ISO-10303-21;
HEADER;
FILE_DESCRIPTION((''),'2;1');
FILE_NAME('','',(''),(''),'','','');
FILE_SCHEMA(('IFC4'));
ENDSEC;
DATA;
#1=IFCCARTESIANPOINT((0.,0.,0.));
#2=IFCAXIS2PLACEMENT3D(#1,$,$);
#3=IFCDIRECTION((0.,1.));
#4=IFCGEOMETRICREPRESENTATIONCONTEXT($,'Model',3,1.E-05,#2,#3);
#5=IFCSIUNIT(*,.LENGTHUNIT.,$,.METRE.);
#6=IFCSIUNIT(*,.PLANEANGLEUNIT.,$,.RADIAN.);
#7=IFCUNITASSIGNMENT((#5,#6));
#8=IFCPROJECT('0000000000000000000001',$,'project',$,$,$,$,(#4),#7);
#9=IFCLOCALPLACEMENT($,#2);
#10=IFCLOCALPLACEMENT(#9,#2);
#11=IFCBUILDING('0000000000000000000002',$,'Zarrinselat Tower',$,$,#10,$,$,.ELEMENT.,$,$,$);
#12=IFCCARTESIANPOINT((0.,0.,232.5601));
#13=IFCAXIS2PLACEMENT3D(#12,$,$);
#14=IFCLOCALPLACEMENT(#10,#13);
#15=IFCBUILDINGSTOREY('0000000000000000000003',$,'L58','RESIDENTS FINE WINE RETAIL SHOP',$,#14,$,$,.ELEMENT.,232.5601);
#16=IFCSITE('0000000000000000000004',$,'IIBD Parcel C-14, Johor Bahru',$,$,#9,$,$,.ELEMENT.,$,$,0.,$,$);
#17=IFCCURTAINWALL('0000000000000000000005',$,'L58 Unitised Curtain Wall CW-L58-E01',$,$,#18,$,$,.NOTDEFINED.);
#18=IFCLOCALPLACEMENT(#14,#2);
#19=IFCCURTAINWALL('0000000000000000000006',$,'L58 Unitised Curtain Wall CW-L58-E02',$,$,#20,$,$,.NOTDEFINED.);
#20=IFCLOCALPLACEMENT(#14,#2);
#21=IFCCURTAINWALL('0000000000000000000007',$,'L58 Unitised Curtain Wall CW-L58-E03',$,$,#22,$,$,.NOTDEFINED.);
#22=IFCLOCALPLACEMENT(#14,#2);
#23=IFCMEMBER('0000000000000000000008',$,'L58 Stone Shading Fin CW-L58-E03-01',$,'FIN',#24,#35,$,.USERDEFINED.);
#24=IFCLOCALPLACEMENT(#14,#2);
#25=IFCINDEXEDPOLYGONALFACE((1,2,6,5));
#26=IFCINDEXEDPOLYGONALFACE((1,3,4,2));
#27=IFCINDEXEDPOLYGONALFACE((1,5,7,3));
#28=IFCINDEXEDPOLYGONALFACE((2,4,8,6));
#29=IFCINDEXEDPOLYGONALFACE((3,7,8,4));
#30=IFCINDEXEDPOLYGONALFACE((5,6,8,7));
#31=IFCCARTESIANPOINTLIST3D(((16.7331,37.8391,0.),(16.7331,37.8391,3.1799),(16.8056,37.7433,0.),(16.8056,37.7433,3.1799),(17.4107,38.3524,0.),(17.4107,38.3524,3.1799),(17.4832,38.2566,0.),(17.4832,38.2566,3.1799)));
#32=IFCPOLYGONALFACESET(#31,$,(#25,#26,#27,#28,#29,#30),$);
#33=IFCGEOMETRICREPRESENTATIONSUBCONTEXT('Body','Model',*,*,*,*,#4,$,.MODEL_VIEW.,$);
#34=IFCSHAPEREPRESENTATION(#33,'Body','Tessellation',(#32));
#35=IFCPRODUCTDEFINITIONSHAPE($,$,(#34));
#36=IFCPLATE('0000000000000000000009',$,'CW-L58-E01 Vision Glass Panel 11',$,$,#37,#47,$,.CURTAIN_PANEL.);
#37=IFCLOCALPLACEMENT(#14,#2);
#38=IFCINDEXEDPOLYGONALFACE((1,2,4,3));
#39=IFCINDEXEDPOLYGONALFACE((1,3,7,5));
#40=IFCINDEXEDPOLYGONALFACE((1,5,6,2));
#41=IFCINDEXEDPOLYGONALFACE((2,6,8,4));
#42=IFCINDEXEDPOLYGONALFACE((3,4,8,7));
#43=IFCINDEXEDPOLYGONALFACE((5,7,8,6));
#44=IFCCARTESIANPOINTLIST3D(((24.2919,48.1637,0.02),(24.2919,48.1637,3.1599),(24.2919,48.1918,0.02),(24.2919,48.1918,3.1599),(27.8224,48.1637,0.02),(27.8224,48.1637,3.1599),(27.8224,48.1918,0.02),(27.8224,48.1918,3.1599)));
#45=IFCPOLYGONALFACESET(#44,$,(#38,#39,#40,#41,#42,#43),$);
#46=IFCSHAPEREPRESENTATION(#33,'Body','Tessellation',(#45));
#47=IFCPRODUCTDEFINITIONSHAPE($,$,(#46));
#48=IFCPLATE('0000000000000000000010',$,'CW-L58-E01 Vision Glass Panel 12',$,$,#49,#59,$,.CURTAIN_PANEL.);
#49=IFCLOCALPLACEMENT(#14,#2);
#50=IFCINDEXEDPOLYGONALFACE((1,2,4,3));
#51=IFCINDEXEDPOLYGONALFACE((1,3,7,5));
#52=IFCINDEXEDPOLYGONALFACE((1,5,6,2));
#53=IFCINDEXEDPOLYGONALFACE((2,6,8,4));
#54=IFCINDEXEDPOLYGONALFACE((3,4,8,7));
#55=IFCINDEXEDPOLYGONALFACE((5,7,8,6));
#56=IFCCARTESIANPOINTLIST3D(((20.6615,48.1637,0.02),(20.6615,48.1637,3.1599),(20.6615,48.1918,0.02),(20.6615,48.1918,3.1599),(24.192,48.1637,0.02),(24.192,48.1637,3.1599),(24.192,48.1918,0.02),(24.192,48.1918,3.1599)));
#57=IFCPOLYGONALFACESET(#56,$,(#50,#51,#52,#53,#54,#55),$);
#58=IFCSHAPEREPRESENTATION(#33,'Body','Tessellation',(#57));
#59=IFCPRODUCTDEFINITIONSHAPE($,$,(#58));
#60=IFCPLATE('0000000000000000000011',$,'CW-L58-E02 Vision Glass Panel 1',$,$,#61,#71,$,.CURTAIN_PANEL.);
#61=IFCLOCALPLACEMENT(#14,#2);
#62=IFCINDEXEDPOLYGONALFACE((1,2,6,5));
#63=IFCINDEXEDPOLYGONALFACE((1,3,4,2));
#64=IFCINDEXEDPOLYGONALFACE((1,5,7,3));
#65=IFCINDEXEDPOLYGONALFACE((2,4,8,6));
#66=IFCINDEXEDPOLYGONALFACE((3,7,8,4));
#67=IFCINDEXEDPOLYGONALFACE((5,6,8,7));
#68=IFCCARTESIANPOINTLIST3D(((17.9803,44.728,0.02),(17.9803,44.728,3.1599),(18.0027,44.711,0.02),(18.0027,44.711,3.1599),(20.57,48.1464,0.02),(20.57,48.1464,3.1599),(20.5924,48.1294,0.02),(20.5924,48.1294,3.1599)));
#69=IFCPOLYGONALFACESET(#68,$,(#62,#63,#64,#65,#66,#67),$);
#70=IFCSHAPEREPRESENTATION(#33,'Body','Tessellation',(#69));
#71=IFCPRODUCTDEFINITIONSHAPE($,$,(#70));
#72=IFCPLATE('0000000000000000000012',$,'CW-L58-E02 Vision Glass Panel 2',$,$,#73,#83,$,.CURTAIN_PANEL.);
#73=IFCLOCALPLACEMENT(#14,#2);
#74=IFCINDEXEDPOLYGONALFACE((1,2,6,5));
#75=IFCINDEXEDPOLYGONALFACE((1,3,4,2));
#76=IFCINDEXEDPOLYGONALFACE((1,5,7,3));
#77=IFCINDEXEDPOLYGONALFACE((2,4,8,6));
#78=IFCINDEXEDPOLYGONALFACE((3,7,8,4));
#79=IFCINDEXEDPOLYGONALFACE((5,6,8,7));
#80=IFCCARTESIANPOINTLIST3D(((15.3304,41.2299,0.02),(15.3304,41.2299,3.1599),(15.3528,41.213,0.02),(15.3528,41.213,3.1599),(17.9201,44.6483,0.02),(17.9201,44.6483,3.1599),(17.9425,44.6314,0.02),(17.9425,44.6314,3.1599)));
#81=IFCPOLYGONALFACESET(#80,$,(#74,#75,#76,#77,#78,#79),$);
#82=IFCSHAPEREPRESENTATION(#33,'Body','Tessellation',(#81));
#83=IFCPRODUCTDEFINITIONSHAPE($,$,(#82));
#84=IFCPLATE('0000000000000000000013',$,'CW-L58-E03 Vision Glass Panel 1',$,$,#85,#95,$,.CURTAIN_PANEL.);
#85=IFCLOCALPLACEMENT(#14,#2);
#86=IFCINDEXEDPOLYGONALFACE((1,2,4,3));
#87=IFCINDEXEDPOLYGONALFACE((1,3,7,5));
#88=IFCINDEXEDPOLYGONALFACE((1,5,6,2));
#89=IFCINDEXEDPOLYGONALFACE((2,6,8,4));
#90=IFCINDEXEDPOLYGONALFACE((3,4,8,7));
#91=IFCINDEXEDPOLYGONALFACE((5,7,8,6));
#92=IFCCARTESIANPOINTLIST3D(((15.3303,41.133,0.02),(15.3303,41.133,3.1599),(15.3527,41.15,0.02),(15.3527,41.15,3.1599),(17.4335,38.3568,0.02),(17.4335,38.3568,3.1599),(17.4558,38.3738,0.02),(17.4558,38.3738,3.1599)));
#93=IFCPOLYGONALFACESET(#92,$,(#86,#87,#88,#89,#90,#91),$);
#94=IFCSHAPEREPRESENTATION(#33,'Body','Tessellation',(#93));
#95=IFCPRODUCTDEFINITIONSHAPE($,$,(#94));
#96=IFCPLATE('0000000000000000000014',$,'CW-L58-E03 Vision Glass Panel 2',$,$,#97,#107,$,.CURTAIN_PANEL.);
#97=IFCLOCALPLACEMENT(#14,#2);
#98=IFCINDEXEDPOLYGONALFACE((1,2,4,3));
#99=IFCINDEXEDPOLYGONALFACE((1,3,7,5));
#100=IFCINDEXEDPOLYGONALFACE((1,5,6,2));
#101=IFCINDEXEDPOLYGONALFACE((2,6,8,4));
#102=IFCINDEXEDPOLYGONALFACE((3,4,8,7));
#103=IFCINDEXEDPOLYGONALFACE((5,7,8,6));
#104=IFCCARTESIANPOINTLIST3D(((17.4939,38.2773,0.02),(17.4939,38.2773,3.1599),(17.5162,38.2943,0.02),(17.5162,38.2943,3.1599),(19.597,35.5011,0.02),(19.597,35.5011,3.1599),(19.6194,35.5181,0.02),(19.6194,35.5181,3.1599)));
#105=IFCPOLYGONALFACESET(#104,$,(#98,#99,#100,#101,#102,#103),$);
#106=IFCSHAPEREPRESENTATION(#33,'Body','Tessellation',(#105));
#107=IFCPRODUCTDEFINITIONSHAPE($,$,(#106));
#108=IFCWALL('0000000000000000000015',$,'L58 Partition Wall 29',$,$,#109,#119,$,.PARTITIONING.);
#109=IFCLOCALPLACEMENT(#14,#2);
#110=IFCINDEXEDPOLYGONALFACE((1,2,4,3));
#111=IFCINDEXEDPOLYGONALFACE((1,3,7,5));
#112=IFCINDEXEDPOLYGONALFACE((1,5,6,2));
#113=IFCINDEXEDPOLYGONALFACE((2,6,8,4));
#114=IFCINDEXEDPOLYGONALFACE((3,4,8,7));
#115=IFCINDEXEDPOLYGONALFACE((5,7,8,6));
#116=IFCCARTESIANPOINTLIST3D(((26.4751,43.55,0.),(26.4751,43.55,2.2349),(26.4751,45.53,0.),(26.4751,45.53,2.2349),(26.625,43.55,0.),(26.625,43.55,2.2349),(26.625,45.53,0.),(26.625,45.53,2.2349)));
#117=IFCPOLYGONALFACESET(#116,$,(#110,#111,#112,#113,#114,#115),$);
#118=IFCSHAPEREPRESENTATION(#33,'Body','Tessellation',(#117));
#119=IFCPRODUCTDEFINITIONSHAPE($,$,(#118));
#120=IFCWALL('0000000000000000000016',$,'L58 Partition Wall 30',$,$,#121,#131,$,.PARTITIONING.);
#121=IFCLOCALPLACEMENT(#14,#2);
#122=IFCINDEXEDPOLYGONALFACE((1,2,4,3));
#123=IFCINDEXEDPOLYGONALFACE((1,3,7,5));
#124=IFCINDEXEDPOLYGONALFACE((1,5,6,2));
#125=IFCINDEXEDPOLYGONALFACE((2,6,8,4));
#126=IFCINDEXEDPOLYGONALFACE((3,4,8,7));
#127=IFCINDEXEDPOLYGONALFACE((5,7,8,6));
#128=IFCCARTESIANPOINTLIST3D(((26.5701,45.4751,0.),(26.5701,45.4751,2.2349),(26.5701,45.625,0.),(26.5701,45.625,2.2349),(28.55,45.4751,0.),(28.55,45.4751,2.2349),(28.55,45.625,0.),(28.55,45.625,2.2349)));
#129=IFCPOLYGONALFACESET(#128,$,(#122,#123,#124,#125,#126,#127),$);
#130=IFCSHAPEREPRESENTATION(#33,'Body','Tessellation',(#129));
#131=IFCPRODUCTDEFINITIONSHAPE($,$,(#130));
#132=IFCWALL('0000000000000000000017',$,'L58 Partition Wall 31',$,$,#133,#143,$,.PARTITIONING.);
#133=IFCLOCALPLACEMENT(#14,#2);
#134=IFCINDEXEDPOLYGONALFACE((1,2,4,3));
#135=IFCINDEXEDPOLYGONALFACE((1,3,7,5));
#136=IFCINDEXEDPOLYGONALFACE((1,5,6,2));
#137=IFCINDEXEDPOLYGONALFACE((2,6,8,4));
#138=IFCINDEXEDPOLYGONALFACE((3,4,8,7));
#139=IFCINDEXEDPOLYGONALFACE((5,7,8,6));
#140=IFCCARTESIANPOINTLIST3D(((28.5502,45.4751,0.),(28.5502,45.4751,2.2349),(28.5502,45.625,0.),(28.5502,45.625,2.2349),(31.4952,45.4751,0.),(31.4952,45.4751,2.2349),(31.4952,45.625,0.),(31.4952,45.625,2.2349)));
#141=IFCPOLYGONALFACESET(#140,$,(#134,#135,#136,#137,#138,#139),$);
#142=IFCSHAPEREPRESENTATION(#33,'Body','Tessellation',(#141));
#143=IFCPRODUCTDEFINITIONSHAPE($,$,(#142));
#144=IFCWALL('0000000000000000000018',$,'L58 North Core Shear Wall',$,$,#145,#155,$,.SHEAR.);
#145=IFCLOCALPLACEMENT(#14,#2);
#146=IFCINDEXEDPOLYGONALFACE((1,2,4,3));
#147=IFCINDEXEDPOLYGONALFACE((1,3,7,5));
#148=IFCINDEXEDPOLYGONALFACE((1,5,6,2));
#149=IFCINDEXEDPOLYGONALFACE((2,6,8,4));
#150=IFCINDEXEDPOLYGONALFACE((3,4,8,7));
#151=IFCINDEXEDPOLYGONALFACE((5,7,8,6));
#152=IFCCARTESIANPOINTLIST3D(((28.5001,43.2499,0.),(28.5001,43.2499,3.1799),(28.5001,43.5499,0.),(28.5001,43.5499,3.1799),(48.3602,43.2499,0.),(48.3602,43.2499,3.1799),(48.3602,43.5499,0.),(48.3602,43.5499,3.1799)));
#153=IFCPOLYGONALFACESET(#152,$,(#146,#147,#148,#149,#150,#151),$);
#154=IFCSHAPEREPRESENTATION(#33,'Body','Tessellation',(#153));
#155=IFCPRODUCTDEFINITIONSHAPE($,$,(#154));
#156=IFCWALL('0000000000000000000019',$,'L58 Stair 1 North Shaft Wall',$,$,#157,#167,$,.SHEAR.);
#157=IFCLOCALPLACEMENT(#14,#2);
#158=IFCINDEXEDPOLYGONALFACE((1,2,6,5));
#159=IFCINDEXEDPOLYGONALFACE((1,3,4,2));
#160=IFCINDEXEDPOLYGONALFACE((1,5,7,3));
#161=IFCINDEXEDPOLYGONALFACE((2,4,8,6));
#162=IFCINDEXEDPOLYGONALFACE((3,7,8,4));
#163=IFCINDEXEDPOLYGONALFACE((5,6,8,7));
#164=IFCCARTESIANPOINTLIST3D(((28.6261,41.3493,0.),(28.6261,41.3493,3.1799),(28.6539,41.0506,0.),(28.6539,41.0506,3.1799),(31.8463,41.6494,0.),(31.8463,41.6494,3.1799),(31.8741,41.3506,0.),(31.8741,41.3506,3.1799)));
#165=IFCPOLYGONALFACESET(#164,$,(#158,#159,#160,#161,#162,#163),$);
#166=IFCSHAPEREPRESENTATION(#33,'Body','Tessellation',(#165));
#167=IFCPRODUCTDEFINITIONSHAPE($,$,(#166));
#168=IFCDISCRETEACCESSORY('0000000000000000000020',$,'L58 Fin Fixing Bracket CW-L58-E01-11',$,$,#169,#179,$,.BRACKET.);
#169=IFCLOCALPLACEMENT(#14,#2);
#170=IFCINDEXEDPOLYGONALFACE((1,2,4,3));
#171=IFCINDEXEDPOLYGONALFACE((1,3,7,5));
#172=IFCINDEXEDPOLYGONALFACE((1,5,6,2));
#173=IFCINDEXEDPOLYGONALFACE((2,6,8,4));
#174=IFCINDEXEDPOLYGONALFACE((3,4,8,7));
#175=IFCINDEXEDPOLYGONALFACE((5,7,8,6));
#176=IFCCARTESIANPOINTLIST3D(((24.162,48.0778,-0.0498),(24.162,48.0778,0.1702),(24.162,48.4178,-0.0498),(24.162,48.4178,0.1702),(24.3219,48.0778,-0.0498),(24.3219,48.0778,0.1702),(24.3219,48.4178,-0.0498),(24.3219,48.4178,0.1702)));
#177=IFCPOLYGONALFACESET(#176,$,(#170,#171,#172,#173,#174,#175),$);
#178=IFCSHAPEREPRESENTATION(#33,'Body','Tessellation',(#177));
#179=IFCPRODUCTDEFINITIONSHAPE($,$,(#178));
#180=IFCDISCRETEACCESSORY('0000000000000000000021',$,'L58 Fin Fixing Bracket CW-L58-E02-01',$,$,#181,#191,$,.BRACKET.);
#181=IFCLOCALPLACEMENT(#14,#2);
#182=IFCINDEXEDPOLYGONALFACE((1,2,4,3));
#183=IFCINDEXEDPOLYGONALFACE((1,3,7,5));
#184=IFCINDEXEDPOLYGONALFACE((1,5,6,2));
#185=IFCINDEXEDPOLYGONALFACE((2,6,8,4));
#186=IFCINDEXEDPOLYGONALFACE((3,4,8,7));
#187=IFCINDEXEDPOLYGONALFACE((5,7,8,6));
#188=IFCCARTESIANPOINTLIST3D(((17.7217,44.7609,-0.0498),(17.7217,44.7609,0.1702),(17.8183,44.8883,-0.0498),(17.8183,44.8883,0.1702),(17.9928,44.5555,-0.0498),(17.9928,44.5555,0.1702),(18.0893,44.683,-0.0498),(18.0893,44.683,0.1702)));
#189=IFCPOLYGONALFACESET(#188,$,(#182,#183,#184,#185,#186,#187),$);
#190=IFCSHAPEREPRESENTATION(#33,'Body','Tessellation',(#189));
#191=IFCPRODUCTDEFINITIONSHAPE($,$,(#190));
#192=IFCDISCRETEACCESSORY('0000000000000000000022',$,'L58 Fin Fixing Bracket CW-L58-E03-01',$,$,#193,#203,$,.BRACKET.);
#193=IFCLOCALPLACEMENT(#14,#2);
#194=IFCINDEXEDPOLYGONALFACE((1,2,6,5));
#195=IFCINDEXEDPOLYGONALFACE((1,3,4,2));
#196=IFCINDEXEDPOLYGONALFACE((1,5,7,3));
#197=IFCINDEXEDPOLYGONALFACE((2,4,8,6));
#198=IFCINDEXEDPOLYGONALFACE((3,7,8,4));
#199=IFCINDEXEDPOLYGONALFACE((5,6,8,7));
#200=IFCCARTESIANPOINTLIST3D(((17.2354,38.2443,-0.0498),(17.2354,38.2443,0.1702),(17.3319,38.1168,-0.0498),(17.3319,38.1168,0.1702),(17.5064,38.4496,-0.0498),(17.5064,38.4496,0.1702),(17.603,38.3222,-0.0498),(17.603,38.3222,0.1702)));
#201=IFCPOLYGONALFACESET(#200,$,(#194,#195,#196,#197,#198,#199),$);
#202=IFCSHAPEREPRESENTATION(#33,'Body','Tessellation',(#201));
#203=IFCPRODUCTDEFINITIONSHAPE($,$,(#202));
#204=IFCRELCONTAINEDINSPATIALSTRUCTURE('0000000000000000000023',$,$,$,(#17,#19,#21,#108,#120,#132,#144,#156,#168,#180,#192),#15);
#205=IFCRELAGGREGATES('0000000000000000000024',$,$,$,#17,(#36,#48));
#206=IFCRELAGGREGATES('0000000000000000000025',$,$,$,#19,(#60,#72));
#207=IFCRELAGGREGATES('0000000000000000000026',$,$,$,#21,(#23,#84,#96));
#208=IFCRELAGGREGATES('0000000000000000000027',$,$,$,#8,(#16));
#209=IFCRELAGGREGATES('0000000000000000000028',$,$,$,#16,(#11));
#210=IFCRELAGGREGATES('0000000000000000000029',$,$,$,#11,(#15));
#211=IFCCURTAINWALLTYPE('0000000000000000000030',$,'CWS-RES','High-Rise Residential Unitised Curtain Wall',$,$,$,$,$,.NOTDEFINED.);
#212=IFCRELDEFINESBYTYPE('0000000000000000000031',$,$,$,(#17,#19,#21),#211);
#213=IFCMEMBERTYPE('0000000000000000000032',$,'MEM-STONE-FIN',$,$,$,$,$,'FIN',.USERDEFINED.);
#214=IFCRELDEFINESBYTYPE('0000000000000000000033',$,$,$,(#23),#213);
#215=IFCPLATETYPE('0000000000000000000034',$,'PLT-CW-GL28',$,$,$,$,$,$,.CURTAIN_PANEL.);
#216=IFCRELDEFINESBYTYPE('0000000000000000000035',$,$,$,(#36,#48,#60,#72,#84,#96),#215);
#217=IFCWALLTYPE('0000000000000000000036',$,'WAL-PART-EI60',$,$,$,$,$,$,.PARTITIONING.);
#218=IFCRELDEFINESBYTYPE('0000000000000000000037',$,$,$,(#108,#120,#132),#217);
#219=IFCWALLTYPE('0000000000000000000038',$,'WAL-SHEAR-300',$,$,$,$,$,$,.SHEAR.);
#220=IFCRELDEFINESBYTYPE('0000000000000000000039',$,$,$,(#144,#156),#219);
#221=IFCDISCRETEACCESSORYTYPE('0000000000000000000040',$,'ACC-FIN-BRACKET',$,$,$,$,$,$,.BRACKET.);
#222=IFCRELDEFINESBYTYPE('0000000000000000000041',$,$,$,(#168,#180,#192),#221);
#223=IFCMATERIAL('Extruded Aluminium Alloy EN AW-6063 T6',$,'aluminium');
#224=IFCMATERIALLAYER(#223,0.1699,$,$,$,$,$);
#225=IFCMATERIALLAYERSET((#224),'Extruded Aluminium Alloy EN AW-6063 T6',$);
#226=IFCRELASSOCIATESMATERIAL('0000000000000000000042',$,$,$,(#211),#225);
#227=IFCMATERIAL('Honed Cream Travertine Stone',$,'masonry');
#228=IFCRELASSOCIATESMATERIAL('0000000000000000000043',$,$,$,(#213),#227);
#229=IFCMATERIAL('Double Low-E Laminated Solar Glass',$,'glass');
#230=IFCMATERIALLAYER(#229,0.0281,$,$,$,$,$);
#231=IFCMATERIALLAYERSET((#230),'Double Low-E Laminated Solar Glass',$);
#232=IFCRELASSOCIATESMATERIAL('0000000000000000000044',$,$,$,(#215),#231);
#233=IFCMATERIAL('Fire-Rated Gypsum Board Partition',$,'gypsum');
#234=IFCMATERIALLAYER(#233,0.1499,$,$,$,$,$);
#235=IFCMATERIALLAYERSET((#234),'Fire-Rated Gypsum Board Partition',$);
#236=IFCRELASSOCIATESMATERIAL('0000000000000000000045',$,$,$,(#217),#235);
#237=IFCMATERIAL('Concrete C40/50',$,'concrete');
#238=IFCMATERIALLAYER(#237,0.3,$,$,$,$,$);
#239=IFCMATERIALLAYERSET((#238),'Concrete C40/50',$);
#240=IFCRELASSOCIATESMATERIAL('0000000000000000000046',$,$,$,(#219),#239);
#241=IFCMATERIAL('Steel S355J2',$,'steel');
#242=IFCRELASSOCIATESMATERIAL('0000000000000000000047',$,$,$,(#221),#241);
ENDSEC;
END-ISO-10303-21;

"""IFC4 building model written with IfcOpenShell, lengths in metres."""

from ifc_helpers import new_model, si_unit, direction, frame, frame_2d, origin, origin_2d, place, context, subcontext, project, spatial, rectangle, extrude, material, layer, layer_set, material_profile, profile_set, type_object, element, aggregate, save


model = new_model("IFC4")

# Units and contexts
model_context = context("Model", 3, precision=1e-05, world=origin(), true_north=direction((0.0, 1.0)))
body_context = subcontext(model_context, "Body", "Model", "MODEL_VIEW")
ifc_project = project(units=[si_unit("LENGTHUNIT", "METRE"), si_unit("PLANEANGLEUNIT", "RADIAN")], contexts=[model_context])

# Site, building, storey
site_placement = place(None, origin())
site = spatial("IfcSite", under=ifc_project, at=site_placement, Name="IIBD Parcel C-14, Johor Bahru", CompositionType="ELEMENT", RefElevation=0.0)
building_placement = place(site_placement, origin())
building = spatial("IfcBuilding", under=site, at=building_placement, Name="Zarrinselat Tower", CompositionType="ELEMENT")
storey_placement = place(building_placement, frame((0.0, 0.0, 232.5601)))
storey = spatial("IfcBuildingStorey", under=building, at=storey_placement, Name="L58", Description="RESIDENTS FINE WINE RETAIL SHOP", CompositionType="ELEMENT", Elevation=232.5601)

# Curtain walls
ifc_material_1 = material(Name="Extruded Aluminium Alloy EN AW-6063 T6", Category="aluminium")
ifc_layer_1 = layer(ifc_material_1, 0.1699)
ifc_layer_set_1 = layer_set([ifc_layer_1], Name="Extruded Aluminium Alloy EN AW-6063 T6")
curtain_wall_type = type_object("IfcCurtainWallType", Name="CWS-RES", Description="High-Rise Residential Unitised Curtain Wall", PredefinedType="NOTDEFINED", material=ifc_layer_set_1)
curtain_wall_1_placement = place(storey_placement, origin())
curtain_wall_1 = element("IfcCurtainWall", 1, at=curtain_wall_1_placement, inside=storey, type_object=curtain_wall_type, Name="L58 Unitised Curtain Wall CW-L58-E01", PredefinedType="NOTDEFINED")
curtain_wall_2_placement = place(storey_placement, origin())
curtain_wall_2 = element("IfcCurtainWall", 2, at=curtain_wall_2_placement, inside=storey, type_object=curtain_wall_type, Name="L58 Unitised Curtain Wall CW-L58-E02", PredefinedType="NOTDEFINED")
curtain_wall_3_placement = place(storey_placement, origin())
curtain_wall_3 = element("IfcCurtainWall", 3, at=curtain_wall_3_placement, inside=storey, type_object=curtain_wall_type, Name="L58 Unitised Curtain Wall CW-L58-E03", PredefinedType="NOTDEFINED")

# Member
ifc_material_2 = material(Name="Honed Cream Travertine Stone", Category="masonry")
ifc_material_profile_1 = material_profile(ifc_material_2, rectangle(XDim=0.1201, YDim=0.8501, at=origin_2d()), Name="FIN 850x120")
ifc_profile_set_1 = profile_set([ifc_material_profile_1], Name="Honed Cream Travertine Stone")
member_type_1 = type_object("IfcMemberType", Name="MEM-STONE-FIN", ElementType="FIN", PredefinedType="USERDEFINED", material=ifc_profile_set_1)
member_1_placement = place(storey_placement, frame((17.1082, 38.0479, 0.0), z_axis=(0.0, 0.0, 1.0), x_axis=(-0.603857, 0.797092, 0.0)))
member_1 = element("IfcMember", 4, at=member_1_placement, type_object=member_type_1, Name="L58 Stone Shading Fin CW-L58-E03-01", ObjectType="FIN", PredefinedType="USERDEFINED", context=body_context, shape_type="SweptSolid", body=[
    extrude(rectangle(XDim=0.1201, YDim=0.8501, at=origin_2d()), origin(), (0.0, 0.0, 1.0), 3.1799),
])

# Plates
ifc_material_3 = material(Name="Double Low-E Laminated Solar Glass", Category="glass")
ifc_layer_2 = layer(ifc_material_3, 0.0281)
ifc_layer_set_2 = layer_set([ifc_layer_2], Name="Double Low-E Laminated Solar Glass")
plate_type = type_object("IfcPlateType", Name="PLT-CW-GL28", PredefinedType="CURTAIN_PANEL", material=ifc_layer_set_2)
plate_1_placement = place(storey_placement, frame((26.0571, 48.1777, 0.02), z_axis=(0.0, 0.0, 1.0), x_axis=(-1.0, 0.0, 0.0)))
plate_1 = element("IfcPlate", 5, at=plate_1_placement, type_object=plate_type, Name="CW-L58-E01 Vision Glass Panel 11", PredefinedType="CURTAIN_PANEL", context=body_context, shape_type="SweptSolid", body=[
    extrude(rectangle(XDim=3.5305, YDim=0.0281, at=origin_2d()), origin(), (0.0, 0.0, 1.0), 3.1399),
])
plate_2_placement = place(storey_placement, frame((22.4268, 48.1777, 0.02), z_axis=(0.0, 0.0, 1.0), x_axis=(-1.0, 0.0, 0.0)))
plate_2 = element("IfcPlate", 6, at=plate_2_placement, type_object=plate_type, Name="CW-L58-E01 Vision Glass Panel 12", PredefinedType="CURTAIN_PANEL", context=body_context, shape_type="SweptSolid", body=[
    extrude(rectangle(XDim=3.5305, YDim=0.0281, at=origin_2d()), origin(), (0.0, 0.0, 1.0), 3.1399),
])
aggregate(curtain_wall_1, [plate_1, plate_2])
plate_3_placement = place(storey_placement, frame((19.2864, 46.4287, 0.02), z_axis=(0.0, 0.0, 1.0), x_axis=(-0.603856, -0.797094, 0.0)))
plate_3 = element("IfcPlate", 7, at=plate_3_placement, type_object=plate_type, Name="CW-L58-E02 Vision Glass Panel 1", PredefinedType="CURTAIN_PANEL", context=body_context, shape_type="SweptSolid", body=[
    extrude(rectangle(XDim=4.2886, YDim=0.0281, at=origin_2d()), origin(), (0.0, 0.0, 1.0), 3.1399),
])
plate_4_placement = place(storey_placement, frame((16.6365, 42.9307, 0.02), z_axis=(0.0, 0.0, 1.0), x_axis=(-0.603856, -0.797094, 0.0)))
plate_4 = element("IfcPlate", 8, at=plate_4_placement, type_object=plate_type, Name="CW-L58-E02 Vision Glass Panel 2", PredefinedType="CURTAIN_PANEL", context=body_context, shape_type="SweptSolid", body=[
    extrude(rectangle(XDim=4.2886, YDim=0.0281, at=origin_2d()), origin(), (0.0, 0.0, 1.0), 3.1399),
])
aggregate(curtain_wall_2, [plate_3, plate_4])
plate_5_placement = place(storey_placement, frame((16.3931, 39.7534, 0.02), z_axis=(0.0, 0.0, 1.0), x_axis=(0.603857, -0.797092, 0.0)))
plate_5 = element("IfcPlate", 9, at=plate_5_placement, type_object=plate_type, Name="CW-L58-E03 Vision Glass Panel 1", PredefinedType="CURTAIN_PANEL", context=body_context, shape_type="SweptSolid", body=[
    extrude(rectangle(XDim=3.4829, YDim=0.0281, at=origin_2d()), origin(), (0.0, 0.0, 1.0), 3.1399),
])
plate_6_placement = place(storey_placement, frame((18.5566, 36.8977, 0.02), z_axis=(0.0, 0.0, 1.0), x_axis=(0.603857, -0.797092, 0.0)))
plate_6 = element("IfcPlate", 10, at=plate_6_placement, type_object=plate_type, Name="CW-L58-E03 Vision Glass Panel 2", PredefinedType="CURTAIN_PANEL", context=body_context, shape_type="SweptSolid", body=[
    extrude(rectangle(XDim=3.4829, YDim=0.0281, at=origin_2d()), origin(), (0.0, 0.0, 1.0), 3.1399),
])
aggregate(curtain_wall_3, [member_1, plate_5, plate_6])

# Walls
ifc_material_4 = material(Name="Fire-Rated Gypsum Board Partition", Category="gypsum")
ifc_layer_3 = layer(ifc_material_4, 0.1499)
ifc_layer_set_3 = layer_set([ifc_layer_3], Name="Fire-Rated Gypsum Board Partition")
wall_type_1 = type_object("IfcWallType", Name="WAL-PART-EI60", PredefinedType="PARTITIONING", material=ifc_layer_set_3)
for number, where, z_axis, x_axis, name in (
    (11, (26.55, 43.55, 0.0), (0.0, 0.0, 1.0), (0.0, 1.0, 0.0), "L58 Partition Wall 29"),
    (12, (26.5701, 45.55, 0.0), (0.0, 0.0, 1.0), (1.0, 0.0, 0.0), "L58 Partition Wall 30"),
):
    element("IfcWall", number, at=place(storey_placement, frame(where, z_axis=z_axis, x_axis=x_axis)), inside=storey, type_object=wall_type_1, Name=name, PredefinedType="PARTITIONING", context=body_context, shape_type="SweptSolid", body=[
        extrude(rectangle(XDim=1.98, YDim=0.1499, at=frame_2d((0.99, 0.0))), origin(), (0.0, 0.0, 1.0), 2.2349),
    ])
wall_1_placement = place(storey_placement, frame((28.55, 45.55, 0.0), z_axis=(0.0, 0.0, 1.0), x_axis=(1.0, 0.0, 0.0)))
element("IfcWall", 13, at=wall_1_placement, inside=storey, type_object=wall_type_1, Name="L58 Partition Wall 31", PredefinedType="PARTITIONING", context=body_context, shape_type="SweptSolid", body=[
    extrude(rectangle(XDim=2.9451, YDim=0.1499, at=frame_2d((1.4727, 0.0))), origin(), (0.0, 0.0, 1.0), 2.2349),
])
ifc_material_5 = material(Name="Concrete C40/50", Category="concrete")
ifc_layer_4 = layer(ifc_material_5, 0.3)
ifc_layer_set_4 = layer_set([ifc_layer_4], Name="Concrete C40/50")
wall_type_2 = type_object("IfcWallType", Name="WAL-SHEAR-300", PredefinedType="SHEAR", material=ifc_layer_set_4)
wall_2_placement = place(storey_placement, frame((28.5, 43.3999, 0.0), z_axis=(0.0, 0.0, 1.0), x_axis=(1.0, 0.0, 0.0)))
element("IfcWall", 14, at=wall_2_placement, inside=storey, type_object=wall_type_2, Name="L58 North Core Shear Wall", PredefinedType="SHEAR", context=body_context, shape_type="SweptSolid", body=[
    extrude(rectangle(XDim=19.8601, YDim=0.3, at=frame_2d((9.9302, 0.0))), origin(), (0.0, 0.0, 1.0), 3.1799),
])
wall_3_placement = place(storey_placement, frame((28.6399, 41.2, 0.0), z_axis=(0.0, 0.0, 1.0), x_axis=(0.995687, 0.092775, 0.0)))
element("IfcWall", 15, at=wall_3_placement, inside=storey, type_object=wall_type_2, Name="L58 Stair 1 North Shaft Wall", PredefinedType="SHEAR", context=body_context, shape_type="SweptSolid", body=[
    extrude(rectangle(XDim=3.2341, YDim=0.3, at=frame_2d((1.6172, 0.0))), origin(), (0.0, 0.0, 1.0), 3.1799),
])

# Discrete accessories
ifc_material_6 = material(Name="Steel S355J2", Category="steel")
discrete_accessory_type = type_object("IfcDiscreteAccessoryType", Name="ACC-FIN-BRACKET", PredefinedType="BRACKET", material=ifc_material_6)
for number, where, z_axis, x_axis, name in (
    (16, (24.2419, 48.2478, -0.0498), (0.0, 0.0, 1.0), (0.0, 1.0, 0.0), "L58 Fin Fixing Bracket CW-L58-E01-11"),
    (17, (17.9055, 44.7219, -0.0498), (0.0, 0.0, 1.0), (-0.797094, 0.603856, 0.0), "L58 Fin Fixing Bracket CW-L58-E02-01"),
    (18, (17.4192, 38.2832, -0.0498), (0.0, 0.0, 1.0), (-0.797092, -0.603857, 0.0), "L58 Fin Fixing Bracket CW-L58-E03-01"),
):
    element("IfcDiscreteAccessory", number, at=place(storey_placement, frame(where, z_axis=z_axis, x_axis=x_axis)), inside=storey, type_object=discrete_accessory_type, Name=name, PredefinedType="BRACKET", context=body_context, shape_type="SweptSolid", body=[
        extrude(rectangle(XDim=0.3401, YDim=0.1599, at=origin_2d()), origin(), (0.0, 0.0, 1.0), 0.22),
    ])

save(model, "model.ifc")
